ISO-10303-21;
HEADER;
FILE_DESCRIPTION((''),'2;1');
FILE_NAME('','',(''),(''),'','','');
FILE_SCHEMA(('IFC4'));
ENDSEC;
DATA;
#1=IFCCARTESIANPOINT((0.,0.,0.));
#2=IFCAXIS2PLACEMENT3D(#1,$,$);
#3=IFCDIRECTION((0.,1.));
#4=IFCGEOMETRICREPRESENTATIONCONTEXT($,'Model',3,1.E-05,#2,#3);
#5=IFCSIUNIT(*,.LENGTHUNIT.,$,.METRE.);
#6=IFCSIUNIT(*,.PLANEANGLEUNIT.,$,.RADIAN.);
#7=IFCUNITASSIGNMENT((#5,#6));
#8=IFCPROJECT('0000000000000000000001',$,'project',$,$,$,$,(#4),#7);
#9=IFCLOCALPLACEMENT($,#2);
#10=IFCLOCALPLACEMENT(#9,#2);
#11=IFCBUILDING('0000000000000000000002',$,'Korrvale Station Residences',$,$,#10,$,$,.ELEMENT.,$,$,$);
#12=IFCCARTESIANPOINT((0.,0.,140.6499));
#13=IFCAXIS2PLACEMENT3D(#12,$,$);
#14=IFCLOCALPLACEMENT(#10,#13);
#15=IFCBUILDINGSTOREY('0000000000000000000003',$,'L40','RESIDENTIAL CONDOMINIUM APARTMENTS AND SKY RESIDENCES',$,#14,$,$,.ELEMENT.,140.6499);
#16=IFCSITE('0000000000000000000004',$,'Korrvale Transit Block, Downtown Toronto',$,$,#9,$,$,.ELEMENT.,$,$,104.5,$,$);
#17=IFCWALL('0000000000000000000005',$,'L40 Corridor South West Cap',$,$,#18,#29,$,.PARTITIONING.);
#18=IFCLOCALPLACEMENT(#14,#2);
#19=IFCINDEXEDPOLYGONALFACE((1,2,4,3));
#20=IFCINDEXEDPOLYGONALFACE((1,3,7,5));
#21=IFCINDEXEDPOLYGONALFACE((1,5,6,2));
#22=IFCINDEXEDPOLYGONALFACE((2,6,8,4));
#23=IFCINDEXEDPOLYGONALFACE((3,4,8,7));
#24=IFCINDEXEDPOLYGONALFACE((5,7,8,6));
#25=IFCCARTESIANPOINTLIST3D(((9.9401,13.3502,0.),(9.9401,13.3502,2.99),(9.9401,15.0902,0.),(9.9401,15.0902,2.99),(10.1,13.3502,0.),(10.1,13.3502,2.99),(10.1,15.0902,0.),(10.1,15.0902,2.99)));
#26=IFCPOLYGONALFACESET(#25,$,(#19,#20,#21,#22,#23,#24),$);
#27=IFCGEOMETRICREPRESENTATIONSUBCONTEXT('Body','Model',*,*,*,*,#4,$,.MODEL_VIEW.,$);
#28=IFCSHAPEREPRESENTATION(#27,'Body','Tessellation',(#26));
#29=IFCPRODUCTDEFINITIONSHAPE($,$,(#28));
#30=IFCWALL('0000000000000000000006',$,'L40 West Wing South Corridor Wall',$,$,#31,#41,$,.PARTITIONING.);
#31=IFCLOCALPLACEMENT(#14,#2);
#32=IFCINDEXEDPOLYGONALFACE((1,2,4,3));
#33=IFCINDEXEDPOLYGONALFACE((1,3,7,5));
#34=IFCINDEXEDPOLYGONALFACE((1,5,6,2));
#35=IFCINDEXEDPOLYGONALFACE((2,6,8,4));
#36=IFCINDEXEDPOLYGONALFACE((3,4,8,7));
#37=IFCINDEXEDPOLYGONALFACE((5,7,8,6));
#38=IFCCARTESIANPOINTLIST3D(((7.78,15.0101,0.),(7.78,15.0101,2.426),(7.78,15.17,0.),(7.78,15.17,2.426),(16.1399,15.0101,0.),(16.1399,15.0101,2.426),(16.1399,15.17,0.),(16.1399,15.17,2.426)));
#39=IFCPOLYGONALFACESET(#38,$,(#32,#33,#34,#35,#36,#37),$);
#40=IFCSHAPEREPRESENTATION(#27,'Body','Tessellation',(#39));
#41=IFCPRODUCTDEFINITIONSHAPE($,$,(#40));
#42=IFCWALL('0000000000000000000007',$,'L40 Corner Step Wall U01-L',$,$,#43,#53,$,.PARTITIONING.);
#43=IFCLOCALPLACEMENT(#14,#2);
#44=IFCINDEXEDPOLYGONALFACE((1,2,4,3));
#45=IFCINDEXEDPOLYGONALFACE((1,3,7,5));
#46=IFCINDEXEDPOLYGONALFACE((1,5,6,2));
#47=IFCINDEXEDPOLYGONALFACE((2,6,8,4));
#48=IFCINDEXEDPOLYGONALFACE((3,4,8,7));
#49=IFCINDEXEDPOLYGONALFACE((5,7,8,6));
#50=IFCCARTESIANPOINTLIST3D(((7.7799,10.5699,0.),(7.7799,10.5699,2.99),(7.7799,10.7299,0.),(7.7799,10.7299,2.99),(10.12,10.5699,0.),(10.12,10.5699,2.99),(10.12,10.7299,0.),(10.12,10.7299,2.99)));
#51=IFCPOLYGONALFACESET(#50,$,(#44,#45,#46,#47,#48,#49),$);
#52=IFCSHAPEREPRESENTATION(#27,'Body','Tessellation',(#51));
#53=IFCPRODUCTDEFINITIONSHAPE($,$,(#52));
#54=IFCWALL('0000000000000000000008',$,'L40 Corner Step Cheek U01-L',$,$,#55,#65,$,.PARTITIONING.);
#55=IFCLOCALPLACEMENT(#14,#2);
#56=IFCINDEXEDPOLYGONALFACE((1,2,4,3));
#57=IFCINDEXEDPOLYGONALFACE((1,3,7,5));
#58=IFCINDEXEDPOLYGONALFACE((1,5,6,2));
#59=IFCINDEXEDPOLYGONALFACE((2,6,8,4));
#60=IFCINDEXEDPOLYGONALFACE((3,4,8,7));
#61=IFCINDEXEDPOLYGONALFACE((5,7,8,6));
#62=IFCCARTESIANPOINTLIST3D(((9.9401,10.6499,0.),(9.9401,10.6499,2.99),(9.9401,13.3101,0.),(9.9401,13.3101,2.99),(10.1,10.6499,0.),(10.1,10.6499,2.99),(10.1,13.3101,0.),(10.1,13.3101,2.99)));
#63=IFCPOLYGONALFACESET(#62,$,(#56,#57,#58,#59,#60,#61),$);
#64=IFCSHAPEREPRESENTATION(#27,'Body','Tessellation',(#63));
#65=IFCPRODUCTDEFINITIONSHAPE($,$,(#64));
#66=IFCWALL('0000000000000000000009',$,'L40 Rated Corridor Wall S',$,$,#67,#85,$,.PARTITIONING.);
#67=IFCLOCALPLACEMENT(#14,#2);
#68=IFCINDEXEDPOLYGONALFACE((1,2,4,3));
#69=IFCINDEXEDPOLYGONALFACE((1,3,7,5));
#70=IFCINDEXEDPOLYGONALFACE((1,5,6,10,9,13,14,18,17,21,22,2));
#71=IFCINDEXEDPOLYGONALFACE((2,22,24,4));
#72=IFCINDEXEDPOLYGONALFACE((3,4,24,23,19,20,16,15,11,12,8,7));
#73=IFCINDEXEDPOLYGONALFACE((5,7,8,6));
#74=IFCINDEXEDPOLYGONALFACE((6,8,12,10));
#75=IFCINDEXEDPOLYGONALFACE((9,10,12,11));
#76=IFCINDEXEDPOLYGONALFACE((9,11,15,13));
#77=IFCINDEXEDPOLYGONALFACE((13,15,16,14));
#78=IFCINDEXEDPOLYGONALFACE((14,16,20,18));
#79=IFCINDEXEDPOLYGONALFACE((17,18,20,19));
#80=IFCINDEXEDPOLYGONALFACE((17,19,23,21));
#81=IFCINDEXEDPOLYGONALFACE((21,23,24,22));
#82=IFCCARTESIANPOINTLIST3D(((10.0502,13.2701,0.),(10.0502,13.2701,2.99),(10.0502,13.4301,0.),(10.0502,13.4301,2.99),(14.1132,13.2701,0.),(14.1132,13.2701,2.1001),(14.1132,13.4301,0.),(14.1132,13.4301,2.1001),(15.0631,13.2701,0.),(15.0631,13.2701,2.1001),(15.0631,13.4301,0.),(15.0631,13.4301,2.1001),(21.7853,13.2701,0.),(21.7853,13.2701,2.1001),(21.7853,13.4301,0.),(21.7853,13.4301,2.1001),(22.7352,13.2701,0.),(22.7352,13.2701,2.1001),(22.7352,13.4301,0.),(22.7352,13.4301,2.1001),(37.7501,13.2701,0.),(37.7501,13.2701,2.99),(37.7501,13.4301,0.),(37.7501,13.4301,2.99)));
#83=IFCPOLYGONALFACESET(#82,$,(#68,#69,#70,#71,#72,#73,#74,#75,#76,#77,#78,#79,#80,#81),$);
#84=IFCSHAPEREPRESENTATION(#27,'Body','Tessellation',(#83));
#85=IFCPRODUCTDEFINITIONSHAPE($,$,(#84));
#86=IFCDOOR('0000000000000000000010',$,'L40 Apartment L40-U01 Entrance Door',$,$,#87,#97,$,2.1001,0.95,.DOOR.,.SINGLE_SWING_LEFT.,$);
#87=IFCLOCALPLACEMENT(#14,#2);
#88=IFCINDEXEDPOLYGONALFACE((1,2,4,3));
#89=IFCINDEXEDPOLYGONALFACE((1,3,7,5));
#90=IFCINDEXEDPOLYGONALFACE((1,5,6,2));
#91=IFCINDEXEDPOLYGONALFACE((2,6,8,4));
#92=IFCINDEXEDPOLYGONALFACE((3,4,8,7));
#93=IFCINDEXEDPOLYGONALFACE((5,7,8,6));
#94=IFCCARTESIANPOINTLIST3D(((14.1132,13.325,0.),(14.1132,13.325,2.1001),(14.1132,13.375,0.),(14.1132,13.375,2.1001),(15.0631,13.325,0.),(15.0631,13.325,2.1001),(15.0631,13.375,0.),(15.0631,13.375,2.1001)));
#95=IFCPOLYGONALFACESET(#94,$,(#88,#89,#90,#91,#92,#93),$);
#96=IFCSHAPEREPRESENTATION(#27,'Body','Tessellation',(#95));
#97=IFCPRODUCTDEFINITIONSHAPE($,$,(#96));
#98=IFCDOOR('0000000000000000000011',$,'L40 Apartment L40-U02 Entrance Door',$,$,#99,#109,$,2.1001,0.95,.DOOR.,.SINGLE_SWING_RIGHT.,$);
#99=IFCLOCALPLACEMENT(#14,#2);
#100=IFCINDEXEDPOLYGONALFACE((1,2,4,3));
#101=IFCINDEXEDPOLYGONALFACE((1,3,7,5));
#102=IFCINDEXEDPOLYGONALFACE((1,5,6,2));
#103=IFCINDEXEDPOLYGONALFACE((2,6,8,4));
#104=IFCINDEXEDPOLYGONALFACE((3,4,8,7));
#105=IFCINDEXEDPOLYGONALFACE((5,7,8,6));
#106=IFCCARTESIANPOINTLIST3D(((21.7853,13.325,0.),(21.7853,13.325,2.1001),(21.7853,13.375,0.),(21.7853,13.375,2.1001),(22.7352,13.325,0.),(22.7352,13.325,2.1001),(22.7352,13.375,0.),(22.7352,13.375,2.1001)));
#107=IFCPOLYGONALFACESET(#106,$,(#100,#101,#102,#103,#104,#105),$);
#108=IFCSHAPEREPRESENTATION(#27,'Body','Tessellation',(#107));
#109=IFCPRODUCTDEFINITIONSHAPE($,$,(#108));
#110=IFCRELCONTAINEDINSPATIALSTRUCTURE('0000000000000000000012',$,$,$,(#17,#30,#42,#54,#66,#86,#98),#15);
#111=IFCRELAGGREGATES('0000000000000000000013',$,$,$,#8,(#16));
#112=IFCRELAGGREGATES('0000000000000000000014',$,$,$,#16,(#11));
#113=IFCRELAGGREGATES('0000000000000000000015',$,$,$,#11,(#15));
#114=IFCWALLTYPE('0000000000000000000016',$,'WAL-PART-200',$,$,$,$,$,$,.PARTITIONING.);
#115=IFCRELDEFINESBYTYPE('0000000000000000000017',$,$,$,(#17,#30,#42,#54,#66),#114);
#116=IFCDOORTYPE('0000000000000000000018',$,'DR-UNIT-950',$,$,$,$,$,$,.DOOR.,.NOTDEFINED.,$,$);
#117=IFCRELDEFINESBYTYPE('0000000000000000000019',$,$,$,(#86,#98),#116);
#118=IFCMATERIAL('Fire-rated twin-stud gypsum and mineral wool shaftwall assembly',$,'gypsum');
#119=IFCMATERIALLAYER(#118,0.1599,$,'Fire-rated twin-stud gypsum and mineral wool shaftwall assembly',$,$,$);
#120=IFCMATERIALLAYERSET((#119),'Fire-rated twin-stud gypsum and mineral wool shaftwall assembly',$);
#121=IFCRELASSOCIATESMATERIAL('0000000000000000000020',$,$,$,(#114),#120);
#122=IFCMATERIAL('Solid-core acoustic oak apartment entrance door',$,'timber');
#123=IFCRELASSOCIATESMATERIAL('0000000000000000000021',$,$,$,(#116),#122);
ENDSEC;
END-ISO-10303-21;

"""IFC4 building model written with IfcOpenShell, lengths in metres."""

from ifc_helpers import new_model, si_unit, direction, frame, frame_2d, origin, place, context, subcontext, project, spatial, rectangle, extrude, material, layer, layer_set, type_object, element, fill, save


model = new_model("IFC4")

# Units and contexts
model_context = context("Model", 3, precision=1e-05, world=origin(), true_north=direction((0.0, 1.0)))
body_context = subcontext(model_context, "Body", "Model", "MODEL_VIEW")
ifc_project = project(units=[si_unit("LENGTHUNIT", "METRE"), si_unit("PLANEANGLEUNIT", "RADIAN")], contexts=[model_context])

# Site, building, storey
site_placement = place(None, origin())
site = spatial("IfcSite", under=ifc_project, at=site_placement, Name="Korrvale Transit Block, Downtown Toronto", CompositionType="ELEMENT", RefElevation=104.5)
building_placement = place(site_placement, origin())
building = spatial("IfcBuilding", under=site, at=building_placement, Name="Korrvale Station Residences", CompositionType="ELEMENT")
storey_placement = place(building_placement, frame((0.0, 0.0, 140.6499)))
storey = spatial("IfcBuildingStorey", under=building, at=storey_placement, Name="L40", Description="RESIDENTIAL CONDOMINIUM APARTMENTS AND SKY RESIDENCES", CompositionType="ELEMENT", Elevation=140.6499)

# Walls
ifc_material_1 = material(Name="Fire-rated twin-stud gypsum and mineral wool shaftwall assembly", Category="gypsum")
ifc_layer_1 = layer(ifc_material_1, 0.1599, Name="Fire-rated twin-stud gypsum and mineral wool shaftwall assembly")
ifc_layer_set_1 = layer_set([ifc_layer_1], Name="Fire-rated twin-stud gypsum and mineral wool shaftwall assembly")
wall_type_1 = type_object("IfcWallType", Name="WAL-PART-200", PredefinedType="PARTITIONING", material=ifc_layer_set_1)
wall_1_placement = place(storey_placement, frame((10.02, 13.3501, 0.0), z_axis=(0.0, 0.0, 1.0), x_axis=(0.0, 1.0, 0.0)))
element("IfcWall", 1, at=wall_1_placement, inside=storey, type_object=wall_type_1, Name="L40 Corridor South West Cap", PredefinedType="PARTITIONING", context=body_context, shape_type="SweptSolid", body=[
    extrude(rectangle(XDim=1.74, YDim=0.1599, at=frame_2d((0.8701, 0.0))), origin(), (0.0, 0.0, 1.0), 2.99),
])
wall_2_placement = place(storey_placement, frame((7.78, 15.0901, 0.0), z_axis=(0.0, 0.0, 1.0), x_axis=(1.0, 0.0, 0.0)))
element("IfcWall", 2, at=wall_2_placement, inside=storey, type_object=wall_type_1, Name="L40 West Wing South Corridor Wall", PredefinedType="PARTITIONING", context=body_context, shape_type="SweptSolid", body=[
    extrude(rectangle(XDim=8.3599, YDim=0.1599, at=frame_2d((4.1799, 0.0))), origin(), (0.0, 0.0, 1.0), 2.426),
])
wall_3_placement = place(storey_placement, frame((7.78, 10.6499, 0.0), z_axis=(0.0, 0.0, 1.0), x_axis=(1.0, 0.0, 0.0)))
element("IfcWall", 3, at=wall_3_placement, inside=storey, type_object=wall_type_1, Name="L40 Corner Step Wall U01-L", PredefinedType="PARTITIONING", context=body_context, shape_type="SweptSolid", body=[
    extrude(rectangle(XDim=2.3401, YDim=0.1599, at=frame_2d((1.1699, 0.0))), origin(), (0.0, 0.0, 1.0), 2.99),
])
wall_4_placement = place(storey_placement, frame((10.02, 10.6499, 0.0), z_axis=(0.0, 0.0, 1.0), x_axis=(0.0, 1.0, 0.0)))
element("IfcWall", 4, at=wall_4_placement, inside=storey, type_object=wall_type_1, Name="L40 Corner Step Cheek U01-L", PredefinedType="PARTITIONING", context=body_context, shape_type="SweptSolid", body=[
    extrude(rectangle(XDim=2.6602, YDim=0.1599, at=frame_2d((1.3301, 0.0))), origin(), (0.0, 0.0, 1.0), 2.99),
])

# Wall, openings, doors
wall_5_placement = place(storey_placement, frame((10.05, 13.3501, 0.0), z_axis=(0.0, 0.0, 1.0), x_axis=(1.0, 0.0, 0.0)))
wall_5 = element("IfcWall", 5, at=wall_5_placement, inside=storey, type_object=wall_type_1, Name="L40 Rated Corridor Wall S", PredefinedType="PARTITIONING", context=body_context, shape_type="SweptSolid", body=[
    extrude(rectangle(XDim=27.7, YDim=0.1599, at=frame_2d((13.8501, 0.0))), origin(), (0.0, 0.0, 1.0), 2.99),
])
opening_1_placement = place(wall_5_placement, frame((4.063, 0.0, 0.0)))
opening_1 = element("IfcOpeningElement", 6, at=opening_1_placement, cuts=wall_5, PredefinedType="OPENING", context=body_context, shape_type="SweptSolid", body=[
    extrude(rectangle(XDim=0.95, YDim=2.1001, at=frame_2d((0.4751, 1.05))), frame((0.0, 0.0898, 0.0), z_axis=(0.0, -1.0, 0.0), x_axis=(1.0, 0.0, 0.0)), (0.0, 0.0, 1.0), 0.1799),
])
opening_2_placement = place(wall_5_placement, frame((11.7351, 0.0, 0.0)))
opening_2 = element("IfcOpeningElement", 7, at=opening_2_placement, cuts=wall_5, PredefinedType="OPENING", context=body_context, shape_type="SweptSolid", body=[
    extrude(rectangle(XDim=0.95, YDim=2.1001, at=frame_2d((0.4751, 1.05))), frame((0.0, 0.0898, 0.0), z_axis=(0.0, -1.0, 0.0), x_axis=(1.0, 0.0, 0.0)), (0.0, 0.0, 1.0), 0.1799),
])
ifc_material_2 = material(Name="Solid-core acoustic oak apartment entrance door", Category="timber")
door_type_1 = type_object("IfcDoorType", Name="DR-UNIT-950", OperationType="NOTDEFINED", PredefinedType="DOOR", material=ifc_material_2)
door_1_placement = place(opening_1_placement, origin())
door_1 = element("IfcDoor", 8, at=door_1_placement, inside=storey, type_object=door_type_1, Name="L40 Apartment L40-U01 Entrance Door", OperationType="SINGLE_SWING_LEFT", OverallHeight=2.1001, OverallWidth=0.95, PredefinedType="DOOR", context=body_context, shape_type="SweptSolid", body=[
    extrude(rectangle(XDim=0.95, YDim=2.1001, at=frame_2d((0.4751, 1.05))), frame((0.0, 0.0249, 0.0), z_axis=(0.0, -1.0, 0.0), x_axis=(1.0, 0.0, 0.0)), (0.0, 0.0, 1.0), 0.05),
])
fill(opening_1, door_1)
door_2_placement = place(opening_2_placement, origin())
door_2 = element("IfcDoor", 9, at=door_2_placement, inside=storey, type_object=door_type_1, Name="L40 Apartment L40-U02 Entrance Door", OperationType="SINGLE_SWING_RIGHT", OverallHeight=2.1001, OverallWidth=0.95, PredefinedType="DOOR", context=body_context, shape_type="SweptSolid", body=[
    extrude(rectangle(XDim=0.95, YDim=2.1001, at=frame_2d((0.4751, 1.05))), frame((0.0, 0.0249, 0.0), z_axis=(0.0, -1.0, 0.0), x_axis=(1.0, 0.0, 0.0)), (0.0, 0.0, 1.0), 0.05),
])
fill(opening_2, door_2)

save(model, "model.ifc")
